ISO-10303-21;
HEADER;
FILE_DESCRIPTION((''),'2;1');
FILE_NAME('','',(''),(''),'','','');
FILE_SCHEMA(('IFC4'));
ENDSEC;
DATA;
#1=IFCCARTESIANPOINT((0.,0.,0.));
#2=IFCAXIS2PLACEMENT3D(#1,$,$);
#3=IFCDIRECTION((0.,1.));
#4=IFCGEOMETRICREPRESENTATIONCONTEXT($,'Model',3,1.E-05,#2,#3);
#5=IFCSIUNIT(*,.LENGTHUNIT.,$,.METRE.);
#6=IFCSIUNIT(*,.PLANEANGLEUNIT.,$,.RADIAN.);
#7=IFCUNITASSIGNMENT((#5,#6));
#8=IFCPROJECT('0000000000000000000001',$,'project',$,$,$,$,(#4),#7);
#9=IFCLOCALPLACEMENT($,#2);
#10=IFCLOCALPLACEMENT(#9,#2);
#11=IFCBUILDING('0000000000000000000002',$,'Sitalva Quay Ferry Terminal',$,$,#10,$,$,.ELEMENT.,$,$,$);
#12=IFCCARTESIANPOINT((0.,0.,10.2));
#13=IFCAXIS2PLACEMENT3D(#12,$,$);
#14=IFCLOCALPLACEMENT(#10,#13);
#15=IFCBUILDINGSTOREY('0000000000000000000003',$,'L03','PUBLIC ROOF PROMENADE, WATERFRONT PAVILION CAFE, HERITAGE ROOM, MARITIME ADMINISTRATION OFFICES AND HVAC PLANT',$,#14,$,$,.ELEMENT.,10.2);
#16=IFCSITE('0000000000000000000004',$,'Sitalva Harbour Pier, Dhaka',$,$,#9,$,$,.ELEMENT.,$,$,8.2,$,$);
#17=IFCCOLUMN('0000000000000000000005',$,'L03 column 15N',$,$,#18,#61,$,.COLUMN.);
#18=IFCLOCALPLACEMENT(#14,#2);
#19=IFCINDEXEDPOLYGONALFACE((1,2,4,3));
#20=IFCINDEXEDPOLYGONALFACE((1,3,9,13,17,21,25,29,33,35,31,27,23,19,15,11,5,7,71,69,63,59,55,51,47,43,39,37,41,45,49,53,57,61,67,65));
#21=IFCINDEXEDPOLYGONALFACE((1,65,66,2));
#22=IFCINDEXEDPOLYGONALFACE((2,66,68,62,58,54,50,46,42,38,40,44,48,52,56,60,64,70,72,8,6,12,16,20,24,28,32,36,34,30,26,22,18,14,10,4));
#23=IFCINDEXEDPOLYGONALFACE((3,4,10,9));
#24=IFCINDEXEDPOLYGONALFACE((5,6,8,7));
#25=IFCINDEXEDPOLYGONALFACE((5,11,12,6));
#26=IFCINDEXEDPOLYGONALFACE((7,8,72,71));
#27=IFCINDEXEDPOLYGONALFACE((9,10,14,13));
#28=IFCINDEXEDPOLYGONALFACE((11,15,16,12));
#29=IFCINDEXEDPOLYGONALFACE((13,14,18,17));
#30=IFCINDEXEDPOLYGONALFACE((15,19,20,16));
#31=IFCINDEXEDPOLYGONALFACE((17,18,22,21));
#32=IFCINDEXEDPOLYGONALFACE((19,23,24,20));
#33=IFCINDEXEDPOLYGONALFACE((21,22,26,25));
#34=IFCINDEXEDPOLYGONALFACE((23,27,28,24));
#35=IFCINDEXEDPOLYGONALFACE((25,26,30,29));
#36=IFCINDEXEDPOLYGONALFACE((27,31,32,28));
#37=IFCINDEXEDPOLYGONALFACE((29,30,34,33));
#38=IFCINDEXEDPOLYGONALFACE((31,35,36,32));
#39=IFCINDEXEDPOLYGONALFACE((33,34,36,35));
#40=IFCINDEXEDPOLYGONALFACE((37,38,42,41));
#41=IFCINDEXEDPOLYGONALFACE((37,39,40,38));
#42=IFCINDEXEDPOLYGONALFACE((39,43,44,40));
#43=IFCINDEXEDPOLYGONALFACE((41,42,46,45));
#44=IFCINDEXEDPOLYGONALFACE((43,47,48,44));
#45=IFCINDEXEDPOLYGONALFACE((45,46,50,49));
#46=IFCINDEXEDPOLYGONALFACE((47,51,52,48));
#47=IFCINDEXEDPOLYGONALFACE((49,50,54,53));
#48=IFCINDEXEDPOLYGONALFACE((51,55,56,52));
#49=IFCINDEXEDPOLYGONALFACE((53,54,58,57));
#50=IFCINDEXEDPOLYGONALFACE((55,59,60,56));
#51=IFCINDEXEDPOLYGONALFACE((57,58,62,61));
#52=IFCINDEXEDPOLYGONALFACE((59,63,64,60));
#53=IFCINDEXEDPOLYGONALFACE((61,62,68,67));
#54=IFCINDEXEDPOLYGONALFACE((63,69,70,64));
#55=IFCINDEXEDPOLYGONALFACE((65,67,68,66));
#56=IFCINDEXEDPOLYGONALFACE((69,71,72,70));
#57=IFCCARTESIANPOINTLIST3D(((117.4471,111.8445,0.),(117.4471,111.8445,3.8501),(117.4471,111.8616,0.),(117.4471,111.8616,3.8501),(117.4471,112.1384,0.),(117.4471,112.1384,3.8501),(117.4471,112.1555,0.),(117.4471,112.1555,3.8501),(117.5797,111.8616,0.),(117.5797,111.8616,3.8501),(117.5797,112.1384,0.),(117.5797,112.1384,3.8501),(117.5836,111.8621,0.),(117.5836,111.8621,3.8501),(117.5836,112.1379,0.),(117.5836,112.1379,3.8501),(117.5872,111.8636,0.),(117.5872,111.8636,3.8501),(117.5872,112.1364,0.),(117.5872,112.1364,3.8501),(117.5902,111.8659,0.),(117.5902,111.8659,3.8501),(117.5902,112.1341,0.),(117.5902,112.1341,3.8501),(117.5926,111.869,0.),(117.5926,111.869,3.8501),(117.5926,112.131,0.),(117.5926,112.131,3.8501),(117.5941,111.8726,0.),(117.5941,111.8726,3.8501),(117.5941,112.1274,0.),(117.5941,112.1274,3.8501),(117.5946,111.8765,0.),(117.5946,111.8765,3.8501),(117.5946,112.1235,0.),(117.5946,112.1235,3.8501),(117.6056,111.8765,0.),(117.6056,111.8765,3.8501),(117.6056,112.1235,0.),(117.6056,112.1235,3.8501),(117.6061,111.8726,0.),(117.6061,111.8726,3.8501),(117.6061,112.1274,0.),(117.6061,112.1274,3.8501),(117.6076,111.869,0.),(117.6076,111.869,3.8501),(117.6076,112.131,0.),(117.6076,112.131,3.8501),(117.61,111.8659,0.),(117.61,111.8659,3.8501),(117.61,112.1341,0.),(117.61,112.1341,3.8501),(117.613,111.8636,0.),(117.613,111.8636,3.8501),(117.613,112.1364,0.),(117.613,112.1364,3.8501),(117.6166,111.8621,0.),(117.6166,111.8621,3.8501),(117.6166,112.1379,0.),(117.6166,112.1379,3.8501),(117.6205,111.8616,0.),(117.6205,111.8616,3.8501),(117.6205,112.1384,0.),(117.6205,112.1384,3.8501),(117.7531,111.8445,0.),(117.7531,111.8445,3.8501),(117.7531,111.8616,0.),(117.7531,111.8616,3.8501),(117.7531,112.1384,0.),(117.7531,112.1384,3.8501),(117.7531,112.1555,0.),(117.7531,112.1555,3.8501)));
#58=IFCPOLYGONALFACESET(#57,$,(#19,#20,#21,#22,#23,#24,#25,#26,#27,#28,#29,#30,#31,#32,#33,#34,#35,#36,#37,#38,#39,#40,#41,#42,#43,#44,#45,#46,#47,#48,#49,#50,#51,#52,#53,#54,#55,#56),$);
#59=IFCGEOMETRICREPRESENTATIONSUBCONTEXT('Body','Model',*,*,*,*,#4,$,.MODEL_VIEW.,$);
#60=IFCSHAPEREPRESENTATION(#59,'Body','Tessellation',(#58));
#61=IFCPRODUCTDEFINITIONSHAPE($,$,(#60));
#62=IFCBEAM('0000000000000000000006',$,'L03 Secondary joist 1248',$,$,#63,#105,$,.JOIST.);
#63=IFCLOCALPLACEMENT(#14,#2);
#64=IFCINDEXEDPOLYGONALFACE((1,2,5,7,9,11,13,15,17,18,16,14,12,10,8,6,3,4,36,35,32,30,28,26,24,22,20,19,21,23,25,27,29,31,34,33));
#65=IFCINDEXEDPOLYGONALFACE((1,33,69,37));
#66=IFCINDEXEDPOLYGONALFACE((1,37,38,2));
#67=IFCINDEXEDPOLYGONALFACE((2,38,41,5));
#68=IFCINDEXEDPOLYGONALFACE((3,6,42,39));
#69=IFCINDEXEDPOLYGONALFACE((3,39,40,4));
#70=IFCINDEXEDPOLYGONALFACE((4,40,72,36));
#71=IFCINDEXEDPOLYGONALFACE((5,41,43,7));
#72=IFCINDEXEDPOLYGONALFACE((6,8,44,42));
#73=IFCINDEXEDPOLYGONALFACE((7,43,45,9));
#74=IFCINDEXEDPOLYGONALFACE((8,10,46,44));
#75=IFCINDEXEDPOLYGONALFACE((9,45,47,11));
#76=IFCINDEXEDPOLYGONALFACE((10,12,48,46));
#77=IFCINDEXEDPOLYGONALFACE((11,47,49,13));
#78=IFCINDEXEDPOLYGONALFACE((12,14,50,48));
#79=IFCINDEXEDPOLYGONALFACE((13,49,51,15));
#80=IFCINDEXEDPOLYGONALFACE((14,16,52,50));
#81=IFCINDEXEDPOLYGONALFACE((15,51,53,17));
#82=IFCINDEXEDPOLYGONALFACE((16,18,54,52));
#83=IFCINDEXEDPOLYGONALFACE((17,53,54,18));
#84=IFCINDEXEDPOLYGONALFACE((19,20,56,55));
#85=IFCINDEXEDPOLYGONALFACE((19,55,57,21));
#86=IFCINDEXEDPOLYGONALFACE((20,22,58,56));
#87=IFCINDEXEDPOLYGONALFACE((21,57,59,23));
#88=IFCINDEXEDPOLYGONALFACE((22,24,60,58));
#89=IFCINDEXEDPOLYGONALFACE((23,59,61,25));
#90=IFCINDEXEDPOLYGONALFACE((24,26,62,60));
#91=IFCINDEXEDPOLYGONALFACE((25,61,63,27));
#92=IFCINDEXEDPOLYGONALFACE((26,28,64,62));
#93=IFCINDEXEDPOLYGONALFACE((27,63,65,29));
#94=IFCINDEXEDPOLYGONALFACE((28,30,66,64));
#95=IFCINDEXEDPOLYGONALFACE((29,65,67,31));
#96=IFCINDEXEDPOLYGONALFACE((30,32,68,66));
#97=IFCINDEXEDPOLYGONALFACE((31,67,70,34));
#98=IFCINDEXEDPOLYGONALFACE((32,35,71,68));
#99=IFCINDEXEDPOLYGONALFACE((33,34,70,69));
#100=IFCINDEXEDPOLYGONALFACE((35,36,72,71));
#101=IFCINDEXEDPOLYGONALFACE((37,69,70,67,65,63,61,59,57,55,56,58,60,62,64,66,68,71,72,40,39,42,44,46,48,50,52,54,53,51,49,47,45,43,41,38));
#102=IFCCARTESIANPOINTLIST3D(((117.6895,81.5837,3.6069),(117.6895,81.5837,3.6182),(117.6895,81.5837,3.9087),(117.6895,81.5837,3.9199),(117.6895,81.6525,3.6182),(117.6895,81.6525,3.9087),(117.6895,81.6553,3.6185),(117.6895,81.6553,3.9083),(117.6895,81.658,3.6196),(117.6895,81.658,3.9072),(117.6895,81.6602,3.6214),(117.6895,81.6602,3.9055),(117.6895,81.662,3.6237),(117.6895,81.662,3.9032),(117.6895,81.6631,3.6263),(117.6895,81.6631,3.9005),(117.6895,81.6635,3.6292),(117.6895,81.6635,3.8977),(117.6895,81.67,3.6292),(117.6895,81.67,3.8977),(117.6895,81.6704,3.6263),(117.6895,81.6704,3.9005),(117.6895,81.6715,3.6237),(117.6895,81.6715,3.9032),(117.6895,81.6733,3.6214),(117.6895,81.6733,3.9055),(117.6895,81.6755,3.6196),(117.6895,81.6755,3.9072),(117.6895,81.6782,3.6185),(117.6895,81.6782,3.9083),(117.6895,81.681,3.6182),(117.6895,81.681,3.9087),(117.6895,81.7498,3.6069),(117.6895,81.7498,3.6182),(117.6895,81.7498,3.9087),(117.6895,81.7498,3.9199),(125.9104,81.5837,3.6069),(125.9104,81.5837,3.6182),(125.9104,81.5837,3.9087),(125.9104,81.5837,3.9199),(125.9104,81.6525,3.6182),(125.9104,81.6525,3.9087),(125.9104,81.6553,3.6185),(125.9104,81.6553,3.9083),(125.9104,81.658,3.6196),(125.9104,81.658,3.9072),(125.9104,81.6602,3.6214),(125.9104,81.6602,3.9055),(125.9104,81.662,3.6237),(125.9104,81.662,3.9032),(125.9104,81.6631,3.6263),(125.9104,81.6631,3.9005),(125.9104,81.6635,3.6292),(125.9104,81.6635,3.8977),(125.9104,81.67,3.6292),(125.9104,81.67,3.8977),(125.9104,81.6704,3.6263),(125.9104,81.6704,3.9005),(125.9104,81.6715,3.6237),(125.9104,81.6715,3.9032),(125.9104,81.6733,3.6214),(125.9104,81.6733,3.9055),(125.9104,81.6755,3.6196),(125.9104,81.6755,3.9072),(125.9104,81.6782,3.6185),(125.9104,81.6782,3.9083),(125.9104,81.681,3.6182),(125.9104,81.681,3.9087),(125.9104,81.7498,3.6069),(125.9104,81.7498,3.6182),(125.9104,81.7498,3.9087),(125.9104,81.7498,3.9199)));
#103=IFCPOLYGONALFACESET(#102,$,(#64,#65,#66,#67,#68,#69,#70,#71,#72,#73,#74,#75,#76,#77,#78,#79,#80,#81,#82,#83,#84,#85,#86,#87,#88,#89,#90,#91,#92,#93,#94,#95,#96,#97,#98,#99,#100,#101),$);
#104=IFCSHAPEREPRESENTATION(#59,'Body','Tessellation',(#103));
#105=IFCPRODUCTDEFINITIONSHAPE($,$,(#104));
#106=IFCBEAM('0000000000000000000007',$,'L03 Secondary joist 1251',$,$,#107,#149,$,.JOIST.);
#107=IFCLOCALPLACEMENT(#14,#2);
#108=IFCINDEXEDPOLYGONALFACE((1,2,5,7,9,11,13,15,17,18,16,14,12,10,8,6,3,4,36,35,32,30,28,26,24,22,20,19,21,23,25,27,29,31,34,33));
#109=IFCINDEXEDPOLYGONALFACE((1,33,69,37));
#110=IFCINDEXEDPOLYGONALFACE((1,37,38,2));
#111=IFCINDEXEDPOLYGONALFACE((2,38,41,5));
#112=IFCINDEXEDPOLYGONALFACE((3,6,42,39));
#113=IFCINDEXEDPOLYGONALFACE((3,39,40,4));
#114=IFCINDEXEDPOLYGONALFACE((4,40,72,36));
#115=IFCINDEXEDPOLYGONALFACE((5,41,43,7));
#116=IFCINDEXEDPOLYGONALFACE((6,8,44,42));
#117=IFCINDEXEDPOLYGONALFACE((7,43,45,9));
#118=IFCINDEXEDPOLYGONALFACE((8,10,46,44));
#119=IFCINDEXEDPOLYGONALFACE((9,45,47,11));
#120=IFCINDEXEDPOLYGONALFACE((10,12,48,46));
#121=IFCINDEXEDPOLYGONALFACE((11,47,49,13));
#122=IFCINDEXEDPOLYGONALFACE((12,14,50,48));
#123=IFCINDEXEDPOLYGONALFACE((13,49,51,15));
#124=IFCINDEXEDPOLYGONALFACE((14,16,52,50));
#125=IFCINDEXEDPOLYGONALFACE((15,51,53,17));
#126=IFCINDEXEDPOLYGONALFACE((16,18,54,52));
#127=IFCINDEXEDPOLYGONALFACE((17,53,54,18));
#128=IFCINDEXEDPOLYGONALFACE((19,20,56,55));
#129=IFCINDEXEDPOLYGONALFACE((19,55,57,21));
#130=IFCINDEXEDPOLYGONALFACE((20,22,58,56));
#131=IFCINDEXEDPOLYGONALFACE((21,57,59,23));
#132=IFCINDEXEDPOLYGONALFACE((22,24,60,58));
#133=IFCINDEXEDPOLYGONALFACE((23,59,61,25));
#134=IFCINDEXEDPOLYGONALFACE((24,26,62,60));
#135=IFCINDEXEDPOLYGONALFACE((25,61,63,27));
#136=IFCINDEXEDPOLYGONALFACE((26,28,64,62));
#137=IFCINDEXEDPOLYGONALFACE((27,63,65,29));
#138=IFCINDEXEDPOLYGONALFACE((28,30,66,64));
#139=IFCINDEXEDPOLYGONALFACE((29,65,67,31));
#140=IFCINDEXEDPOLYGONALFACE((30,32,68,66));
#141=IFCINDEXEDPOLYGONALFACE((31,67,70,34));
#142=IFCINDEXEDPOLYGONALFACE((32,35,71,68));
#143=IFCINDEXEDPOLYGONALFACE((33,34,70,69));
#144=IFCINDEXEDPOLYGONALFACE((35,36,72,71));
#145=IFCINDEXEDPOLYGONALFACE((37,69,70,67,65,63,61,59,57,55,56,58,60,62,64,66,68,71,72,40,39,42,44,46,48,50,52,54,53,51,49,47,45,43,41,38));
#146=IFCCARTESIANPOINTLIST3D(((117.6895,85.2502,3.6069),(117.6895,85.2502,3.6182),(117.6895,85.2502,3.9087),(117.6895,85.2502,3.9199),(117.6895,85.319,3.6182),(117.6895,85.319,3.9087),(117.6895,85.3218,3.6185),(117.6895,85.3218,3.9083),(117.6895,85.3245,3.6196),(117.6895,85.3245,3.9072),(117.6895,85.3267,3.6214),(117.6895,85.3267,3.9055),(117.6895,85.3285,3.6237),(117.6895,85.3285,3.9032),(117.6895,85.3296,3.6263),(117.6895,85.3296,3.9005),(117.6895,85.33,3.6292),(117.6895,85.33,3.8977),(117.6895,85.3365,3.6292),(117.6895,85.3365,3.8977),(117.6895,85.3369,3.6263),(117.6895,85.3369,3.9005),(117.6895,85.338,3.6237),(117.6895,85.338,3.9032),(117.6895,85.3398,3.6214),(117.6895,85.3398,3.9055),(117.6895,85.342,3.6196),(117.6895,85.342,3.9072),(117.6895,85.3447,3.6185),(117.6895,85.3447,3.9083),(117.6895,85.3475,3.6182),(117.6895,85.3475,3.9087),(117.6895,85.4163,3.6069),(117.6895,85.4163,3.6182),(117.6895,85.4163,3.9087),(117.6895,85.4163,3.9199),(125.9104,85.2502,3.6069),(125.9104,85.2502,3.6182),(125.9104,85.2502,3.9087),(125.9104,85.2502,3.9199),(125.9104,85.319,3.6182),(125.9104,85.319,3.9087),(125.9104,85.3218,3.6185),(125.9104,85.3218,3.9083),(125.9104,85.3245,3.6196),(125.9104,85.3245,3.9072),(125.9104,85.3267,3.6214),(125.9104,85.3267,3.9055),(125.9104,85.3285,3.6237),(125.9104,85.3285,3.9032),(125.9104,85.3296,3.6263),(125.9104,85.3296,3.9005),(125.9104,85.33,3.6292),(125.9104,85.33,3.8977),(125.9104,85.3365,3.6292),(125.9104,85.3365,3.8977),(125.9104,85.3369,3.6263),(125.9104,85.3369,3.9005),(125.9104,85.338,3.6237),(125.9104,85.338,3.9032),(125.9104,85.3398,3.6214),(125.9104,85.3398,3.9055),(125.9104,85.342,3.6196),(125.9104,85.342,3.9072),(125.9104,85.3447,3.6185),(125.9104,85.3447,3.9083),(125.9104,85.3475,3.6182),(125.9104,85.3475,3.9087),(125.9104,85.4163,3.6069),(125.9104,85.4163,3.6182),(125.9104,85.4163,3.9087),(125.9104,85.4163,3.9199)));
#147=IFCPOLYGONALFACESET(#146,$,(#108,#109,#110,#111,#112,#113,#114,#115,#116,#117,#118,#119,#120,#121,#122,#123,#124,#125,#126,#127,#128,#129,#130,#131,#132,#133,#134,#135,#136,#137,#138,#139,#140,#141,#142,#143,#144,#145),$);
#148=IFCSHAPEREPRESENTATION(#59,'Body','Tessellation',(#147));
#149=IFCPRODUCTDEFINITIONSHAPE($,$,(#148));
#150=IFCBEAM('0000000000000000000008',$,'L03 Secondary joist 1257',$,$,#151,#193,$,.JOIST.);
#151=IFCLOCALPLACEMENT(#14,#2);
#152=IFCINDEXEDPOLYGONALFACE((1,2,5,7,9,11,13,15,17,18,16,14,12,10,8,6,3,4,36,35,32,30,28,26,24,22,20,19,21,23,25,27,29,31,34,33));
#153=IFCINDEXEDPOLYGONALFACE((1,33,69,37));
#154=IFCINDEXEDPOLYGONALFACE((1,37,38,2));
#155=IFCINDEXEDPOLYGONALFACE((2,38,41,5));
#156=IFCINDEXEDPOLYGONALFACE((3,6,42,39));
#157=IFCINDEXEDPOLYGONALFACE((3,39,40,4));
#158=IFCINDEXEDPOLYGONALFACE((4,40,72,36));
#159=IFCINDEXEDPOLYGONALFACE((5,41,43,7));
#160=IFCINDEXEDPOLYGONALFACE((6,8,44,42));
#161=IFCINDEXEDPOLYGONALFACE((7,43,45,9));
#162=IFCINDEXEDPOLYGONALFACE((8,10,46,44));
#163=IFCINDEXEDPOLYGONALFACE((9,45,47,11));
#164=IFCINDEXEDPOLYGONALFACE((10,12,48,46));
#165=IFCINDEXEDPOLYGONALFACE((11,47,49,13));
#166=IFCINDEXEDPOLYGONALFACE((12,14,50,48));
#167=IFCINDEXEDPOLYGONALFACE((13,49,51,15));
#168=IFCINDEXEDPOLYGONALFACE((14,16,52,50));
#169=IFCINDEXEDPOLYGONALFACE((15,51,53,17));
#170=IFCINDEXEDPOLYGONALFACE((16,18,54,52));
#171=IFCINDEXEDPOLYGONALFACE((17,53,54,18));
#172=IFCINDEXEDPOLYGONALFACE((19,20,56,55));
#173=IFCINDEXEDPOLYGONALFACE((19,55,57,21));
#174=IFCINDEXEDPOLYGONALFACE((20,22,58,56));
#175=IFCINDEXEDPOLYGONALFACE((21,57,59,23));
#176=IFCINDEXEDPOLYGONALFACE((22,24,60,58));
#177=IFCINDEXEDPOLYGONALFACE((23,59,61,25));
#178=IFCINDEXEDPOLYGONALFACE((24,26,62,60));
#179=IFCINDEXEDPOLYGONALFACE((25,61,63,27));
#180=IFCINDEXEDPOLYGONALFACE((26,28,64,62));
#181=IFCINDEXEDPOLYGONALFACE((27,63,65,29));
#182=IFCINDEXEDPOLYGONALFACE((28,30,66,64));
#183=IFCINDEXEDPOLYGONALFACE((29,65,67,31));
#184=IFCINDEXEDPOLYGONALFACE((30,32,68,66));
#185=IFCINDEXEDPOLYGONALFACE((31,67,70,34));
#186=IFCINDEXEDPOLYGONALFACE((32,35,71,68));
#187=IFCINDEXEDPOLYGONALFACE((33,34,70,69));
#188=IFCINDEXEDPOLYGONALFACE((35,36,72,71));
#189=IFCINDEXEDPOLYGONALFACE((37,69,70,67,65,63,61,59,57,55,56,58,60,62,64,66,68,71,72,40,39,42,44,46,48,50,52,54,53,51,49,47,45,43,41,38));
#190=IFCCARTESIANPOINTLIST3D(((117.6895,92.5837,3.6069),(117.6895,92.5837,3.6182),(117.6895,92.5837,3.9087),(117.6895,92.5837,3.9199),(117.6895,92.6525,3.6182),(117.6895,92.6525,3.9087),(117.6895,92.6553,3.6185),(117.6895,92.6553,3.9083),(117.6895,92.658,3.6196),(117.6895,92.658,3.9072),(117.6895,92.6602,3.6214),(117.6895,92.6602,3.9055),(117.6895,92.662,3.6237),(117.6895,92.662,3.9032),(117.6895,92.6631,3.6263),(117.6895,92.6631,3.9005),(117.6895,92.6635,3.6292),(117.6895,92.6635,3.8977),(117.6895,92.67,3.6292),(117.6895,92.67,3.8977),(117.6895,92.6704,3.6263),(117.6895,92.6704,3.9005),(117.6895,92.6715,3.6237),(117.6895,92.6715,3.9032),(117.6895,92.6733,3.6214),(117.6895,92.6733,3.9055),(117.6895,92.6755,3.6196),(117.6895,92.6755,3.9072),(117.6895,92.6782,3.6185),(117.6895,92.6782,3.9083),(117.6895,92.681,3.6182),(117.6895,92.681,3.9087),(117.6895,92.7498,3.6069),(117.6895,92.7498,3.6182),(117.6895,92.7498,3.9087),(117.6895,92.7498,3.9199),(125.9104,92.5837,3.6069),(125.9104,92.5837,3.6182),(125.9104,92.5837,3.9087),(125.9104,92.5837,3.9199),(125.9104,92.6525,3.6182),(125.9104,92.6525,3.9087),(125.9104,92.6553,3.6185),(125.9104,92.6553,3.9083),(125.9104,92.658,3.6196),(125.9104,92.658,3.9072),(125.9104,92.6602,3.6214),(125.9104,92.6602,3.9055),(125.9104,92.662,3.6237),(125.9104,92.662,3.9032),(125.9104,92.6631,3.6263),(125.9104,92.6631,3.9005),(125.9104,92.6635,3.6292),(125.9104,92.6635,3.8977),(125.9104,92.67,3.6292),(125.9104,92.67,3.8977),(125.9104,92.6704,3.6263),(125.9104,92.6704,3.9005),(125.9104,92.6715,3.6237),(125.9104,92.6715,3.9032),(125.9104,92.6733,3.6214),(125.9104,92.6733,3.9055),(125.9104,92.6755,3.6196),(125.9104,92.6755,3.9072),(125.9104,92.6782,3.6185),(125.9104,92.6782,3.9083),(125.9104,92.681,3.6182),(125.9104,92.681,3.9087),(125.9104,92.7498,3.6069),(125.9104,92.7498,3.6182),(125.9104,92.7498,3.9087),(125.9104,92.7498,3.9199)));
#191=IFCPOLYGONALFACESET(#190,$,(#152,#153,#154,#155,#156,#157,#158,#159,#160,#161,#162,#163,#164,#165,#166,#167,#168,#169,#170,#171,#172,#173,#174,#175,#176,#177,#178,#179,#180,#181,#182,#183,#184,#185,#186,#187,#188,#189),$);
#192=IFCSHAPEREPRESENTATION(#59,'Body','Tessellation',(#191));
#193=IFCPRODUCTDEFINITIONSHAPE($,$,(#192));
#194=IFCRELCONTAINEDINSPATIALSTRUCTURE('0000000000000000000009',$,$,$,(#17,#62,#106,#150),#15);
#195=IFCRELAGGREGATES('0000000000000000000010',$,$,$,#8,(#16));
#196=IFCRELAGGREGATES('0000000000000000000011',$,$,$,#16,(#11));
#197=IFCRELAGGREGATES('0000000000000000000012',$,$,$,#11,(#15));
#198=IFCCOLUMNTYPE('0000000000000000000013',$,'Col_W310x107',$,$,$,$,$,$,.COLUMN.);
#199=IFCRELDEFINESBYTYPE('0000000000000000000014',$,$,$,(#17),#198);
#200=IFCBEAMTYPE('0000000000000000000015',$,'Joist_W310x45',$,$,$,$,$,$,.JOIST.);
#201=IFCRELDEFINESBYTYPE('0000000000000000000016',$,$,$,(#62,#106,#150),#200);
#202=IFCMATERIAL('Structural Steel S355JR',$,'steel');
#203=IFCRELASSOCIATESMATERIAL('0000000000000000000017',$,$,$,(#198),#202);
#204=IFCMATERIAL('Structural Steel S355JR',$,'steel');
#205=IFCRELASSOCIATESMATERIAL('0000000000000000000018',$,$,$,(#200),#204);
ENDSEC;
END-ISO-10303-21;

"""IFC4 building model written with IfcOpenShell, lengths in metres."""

from ifc_helpers import new_model, si_unit, direction, frame, origin, origin_2d, place, context, subcontext, project, spatial, i_section, extrude, material, material_profile, profile_set, type_object, element, save


model = new_model("IFC4")

# Units and contexts
model_context = context("Model", 3, precision=1e-05, world=origin(), true_north=direction((0.0, 1.0)))
body_context = subcontext(model_context, "Body", "Model", "MODEL_VIEW")
ifc_project = project(units=[si_unit("LENGTHUNIT", "METRE"), si_unit("PLANEANGLEUNIT", "RADIAN")], contexts=[model_context])

# Site, building, storey
site_placement = place(None, origin())
site = spatial("IfcSite", under=ifc_project, at=site_placement, Name="Sitalva Harbour Pier, Dhaka", CompositionType="ELEMENT", RefElevation=8.2)
building_placement = place(site_placement, origin())
building = spatial("IfcBuilding", under=site, at=building_placement, Name="Sitalva Quay Ferry Terminal", CompositionType="ELEMENT")
storey_placement = place(building_placement, frame((0.0, 0.0, 10.2)))
storey = spatial("IfcBuildingStorey", under=building, at=storey_placement, Name="L03", Description="PUBLIC ROOF PROMENADE, WATERFRONT PAVILION CAFE, HERITAGE ROOM, MARITIME ADMINISTRATION OFFICES AND HVAC PLANT", CompositionType="ELEMENT", Elevation=10.2)

# Column
ifc_material_1 = material(Name="Structural Steel S355JR", Category="steel")
ifc_material_profile_1 = material_profile(ifc_material_1, i_section(OverallWidth=0.3059, OverallDepth=0.311, WebThickness=0.011, FlangeThickness=0.0171, FilletRadius=0.0149, at=origin_2d()), Name="W310x107")
ifc_profile_set_1 = profile_set([ifc_material_profile_1], Name="Structural Steel S355JR")
column_type = type_object("IfcColumnType", Name="Col_W310x107", PredefinedType="COLUMN", material=ifc_profile_set_1)
column_placement = place(storey_placement, frame((117.6001, 112.0, 0.0), z_axis=(0.0, 0.0, 1.0), x_axis=(1.0, 0.0, 0.0)))
element("IfcColumn", 1, at=column_placement, inside=storey, type_object=column_type, Name="L03 column 15N", PredefinedType="COLUMN", context=body_context, shape_type="SweptSolid", body=[
    extrude(i_section(OverallWidth=0.3059, OverallDepth=0.311, WebThickness=0.011, FlangeThickness=0.0171, FilletRadius=0.0149, at=origin_2d()), origin(), (0.0, 0.0, 1.0), 3.8501),
])

# Beams
ifc_material_2 = material(Name="Structural Steel S355JR", Category="steel")
ifc_material_profile_2 = material_profile(ifc_material_2, i_section(OverallWidth=0.166, OverallDepth=0.313, WebThickness=0.0066, FlangeThickness=0.0112, FilletRadius=0.011, at=origin_2d()), Name="W310x45")
ifc_profile_set_2 = profile_set([ifc_material_profile_2], Name="Structural Steel S355JR")
beam_type = type_object("IfcBeamType", Name="Joist_W310x45", PredefinedType="JOIST", material=ifc_profile_set_2)
for number, where, z_axis, x_axis, name in (
    (2, (117.6895, 81.6667, 3.7634), (1.0, 0.0, 0.0), (0.0, 1.0, 0.0), "L03 Secondary joist 1248"),
    (3, (117.6895, 85.3333, 3.7634), (1.0, 0.0, 0.0), (0.0, 1.0, 0.0), "L03 Secondary joist 1251"),
    (4, (117.6895, 92.6667, 3.7634), (1.0, 0.0, 0.0), (0.0, 1.0, 0.0), "L03 Secondary joist 1257"),
):
    element("IfcBeam", number, at=place(storey_placement, frame(where, z_axis=z_axis, x_axis=x_axis)), inside=storey, type_object=beam_type, Name=name, PredefinedType="JOIST", context=body_context, shape_type="SweptSolid", body=[
        extrude(i_section(OverallWidth=0.166, OverallDepth=0.313, WebThickness=0.0066, FlangeThickness=0.0112, FilletRadius=0.011, at=origin_2d()), origin(), (0.0, 0.0, 1.0), 8.2209),
    ])

save(model, "model.ifc")
